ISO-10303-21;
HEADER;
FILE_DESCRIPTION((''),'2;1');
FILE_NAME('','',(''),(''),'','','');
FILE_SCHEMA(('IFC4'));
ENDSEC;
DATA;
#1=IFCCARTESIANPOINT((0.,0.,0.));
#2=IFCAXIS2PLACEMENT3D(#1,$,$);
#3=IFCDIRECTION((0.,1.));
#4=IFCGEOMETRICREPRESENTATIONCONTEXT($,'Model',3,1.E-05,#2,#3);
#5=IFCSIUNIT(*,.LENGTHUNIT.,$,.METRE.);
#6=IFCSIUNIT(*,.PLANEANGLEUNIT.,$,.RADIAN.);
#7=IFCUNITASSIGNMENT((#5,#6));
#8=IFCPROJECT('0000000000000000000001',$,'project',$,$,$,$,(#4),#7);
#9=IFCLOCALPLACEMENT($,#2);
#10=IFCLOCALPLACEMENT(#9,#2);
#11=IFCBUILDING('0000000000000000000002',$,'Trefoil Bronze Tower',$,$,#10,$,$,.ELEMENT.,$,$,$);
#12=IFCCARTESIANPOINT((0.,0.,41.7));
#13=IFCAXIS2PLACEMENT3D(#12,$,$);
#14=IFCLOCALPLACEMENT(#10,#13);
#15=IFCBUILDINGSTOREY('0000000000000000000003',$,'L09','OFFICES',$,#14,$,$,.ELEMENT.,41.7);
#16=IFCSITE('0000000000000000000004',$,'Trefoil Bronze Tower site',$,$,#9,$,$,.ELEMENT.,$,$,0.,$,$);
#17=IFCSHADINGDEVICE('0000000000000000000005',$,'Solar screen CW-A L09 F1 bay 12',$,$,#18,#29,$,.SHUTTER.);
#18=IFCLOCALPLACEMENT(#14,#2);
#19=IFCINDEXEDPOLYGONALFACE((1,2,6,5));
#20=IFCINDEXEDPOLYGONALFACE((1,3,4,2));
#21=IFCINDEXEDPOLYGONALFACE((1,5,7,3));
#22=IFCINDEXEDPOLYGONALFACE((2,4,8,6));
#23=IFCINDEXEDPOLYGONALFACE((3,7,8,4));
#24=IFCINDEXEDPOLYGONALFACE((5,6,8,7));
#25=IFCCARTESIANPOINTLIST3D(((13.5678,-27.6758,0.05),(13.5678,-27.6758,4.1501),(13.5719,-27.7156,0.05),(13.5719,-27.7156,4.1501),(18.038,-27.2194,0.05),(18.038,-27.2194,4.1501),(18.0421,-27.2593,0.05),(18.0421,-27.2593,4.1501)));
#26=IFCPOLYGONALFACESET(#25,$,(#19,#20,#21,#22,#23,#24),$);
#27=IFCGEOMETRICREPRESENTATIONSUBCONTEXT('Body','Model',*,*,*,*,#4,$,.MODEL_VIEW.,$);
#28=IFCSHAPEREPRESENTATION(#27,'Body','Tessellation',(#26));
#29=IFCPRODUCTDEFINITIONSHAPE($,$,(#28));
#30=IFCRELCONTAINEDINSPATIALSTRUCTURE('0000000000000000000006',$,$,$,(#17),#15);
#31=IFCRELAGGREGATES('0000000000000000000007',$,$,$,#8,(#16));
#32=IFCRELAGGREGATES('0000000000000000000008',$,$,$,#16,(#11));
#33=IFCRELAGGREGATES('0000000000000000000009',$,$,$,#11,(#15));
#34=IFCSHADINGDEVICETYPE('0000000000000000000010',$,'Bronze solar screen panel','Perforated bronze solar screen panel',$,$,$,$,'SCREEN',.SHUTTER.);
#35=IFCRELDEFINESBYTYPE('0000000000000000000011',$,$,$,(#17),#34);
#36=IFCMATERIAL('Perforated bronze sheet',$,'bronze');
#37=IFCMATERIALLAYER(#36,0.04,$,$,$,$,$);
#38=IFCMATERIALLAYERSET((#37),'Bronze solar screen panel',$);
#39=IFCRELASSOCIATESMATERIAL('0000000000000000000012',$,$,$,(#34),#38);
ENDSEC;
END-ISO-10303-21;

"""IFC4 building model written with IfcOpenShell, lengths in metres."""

from ifc_helpers import new_model, si_unit, direction, frame, origin, origin_2d, place, context, subcontext, project, spatial, rectangle, extrude, material, layer, layer_set, type_object, element, save


model = new_model("IFC4")

# Units and contexts
model_context = context("Model", 3, precision=1e-05, world=origin(), true_north=direction((0.0, 1.0)))
body_context = subcontext(model_context, "Body", "Model", "MODEL_VIEW")
ifc_project = project(units=[si_unit("LENGTHUNIT", "METRE"), si_unit("PLANEANGLEUNIT", "RADIAN")], contexts=[model_context])

# Site, building, storey
site_placement = place(None, origin())
site = spatial("IfcSite", under=ifc_project, at=site_placement, Name="Trefoil Bronze Tower site", CompositionType="ELEMENT", RefElevation=0.0)
building_placement = place(site_placement, origin())
building = spatial("IfcBuilding", under=site, at=building_placement, Name="Trefoil Bronze Tower", CompositionType="ELEMENT")
storey_placement = place(building_placement, frame((0.0, 0.0, 41.7)))
storey = spatial("IfcBuildingStorey", under=building, at=storey_placement, Name="L09", Description="OFFICES", CompositionType="ELEMENT", Elevation=41.7)

# Shading device
ifc_material_1 = material(Name="Perforated bronze sheet", Category="bronze")
ifc_layer_1 = layer(ifc_material_1, 0.04)
ifc_layer_set_1 = layer_set([ifc_layer_1], Name="Bronze solar screen panel")
shading_device_type = type_object("IfcShadingDeviceType", Name="Bronze solar screen panel", Description="Perforated bronze solar screen panel", ElementType="SCREEN", PredefinedType="SHUTTER", material=ifc_layer_set_1)
shading_device_1_placement = place(storey_placement, frame((15.8049, -27.4675, 0.05), z_axis=(0.0, 0.0, 1.0), x_axis=(0.994829, 0.101565, 0.0)))
element("IfcShadingDevice", 1, at=shading_device_1_placement, inside=storey, type_object=shading_device_type, Name="Solar screen CW-A L09 F1 bay 12", PredefinedType="SHUTTER", context=body_context, shape_type="SweptSolid", body=[
    extrude(rectangle(XDim=4.4934, YDim=0.04, at=origin_2d()), origin(), (0.0, 0.0, 1.0), 4.1001),
])

save(model, "model.ifc")
